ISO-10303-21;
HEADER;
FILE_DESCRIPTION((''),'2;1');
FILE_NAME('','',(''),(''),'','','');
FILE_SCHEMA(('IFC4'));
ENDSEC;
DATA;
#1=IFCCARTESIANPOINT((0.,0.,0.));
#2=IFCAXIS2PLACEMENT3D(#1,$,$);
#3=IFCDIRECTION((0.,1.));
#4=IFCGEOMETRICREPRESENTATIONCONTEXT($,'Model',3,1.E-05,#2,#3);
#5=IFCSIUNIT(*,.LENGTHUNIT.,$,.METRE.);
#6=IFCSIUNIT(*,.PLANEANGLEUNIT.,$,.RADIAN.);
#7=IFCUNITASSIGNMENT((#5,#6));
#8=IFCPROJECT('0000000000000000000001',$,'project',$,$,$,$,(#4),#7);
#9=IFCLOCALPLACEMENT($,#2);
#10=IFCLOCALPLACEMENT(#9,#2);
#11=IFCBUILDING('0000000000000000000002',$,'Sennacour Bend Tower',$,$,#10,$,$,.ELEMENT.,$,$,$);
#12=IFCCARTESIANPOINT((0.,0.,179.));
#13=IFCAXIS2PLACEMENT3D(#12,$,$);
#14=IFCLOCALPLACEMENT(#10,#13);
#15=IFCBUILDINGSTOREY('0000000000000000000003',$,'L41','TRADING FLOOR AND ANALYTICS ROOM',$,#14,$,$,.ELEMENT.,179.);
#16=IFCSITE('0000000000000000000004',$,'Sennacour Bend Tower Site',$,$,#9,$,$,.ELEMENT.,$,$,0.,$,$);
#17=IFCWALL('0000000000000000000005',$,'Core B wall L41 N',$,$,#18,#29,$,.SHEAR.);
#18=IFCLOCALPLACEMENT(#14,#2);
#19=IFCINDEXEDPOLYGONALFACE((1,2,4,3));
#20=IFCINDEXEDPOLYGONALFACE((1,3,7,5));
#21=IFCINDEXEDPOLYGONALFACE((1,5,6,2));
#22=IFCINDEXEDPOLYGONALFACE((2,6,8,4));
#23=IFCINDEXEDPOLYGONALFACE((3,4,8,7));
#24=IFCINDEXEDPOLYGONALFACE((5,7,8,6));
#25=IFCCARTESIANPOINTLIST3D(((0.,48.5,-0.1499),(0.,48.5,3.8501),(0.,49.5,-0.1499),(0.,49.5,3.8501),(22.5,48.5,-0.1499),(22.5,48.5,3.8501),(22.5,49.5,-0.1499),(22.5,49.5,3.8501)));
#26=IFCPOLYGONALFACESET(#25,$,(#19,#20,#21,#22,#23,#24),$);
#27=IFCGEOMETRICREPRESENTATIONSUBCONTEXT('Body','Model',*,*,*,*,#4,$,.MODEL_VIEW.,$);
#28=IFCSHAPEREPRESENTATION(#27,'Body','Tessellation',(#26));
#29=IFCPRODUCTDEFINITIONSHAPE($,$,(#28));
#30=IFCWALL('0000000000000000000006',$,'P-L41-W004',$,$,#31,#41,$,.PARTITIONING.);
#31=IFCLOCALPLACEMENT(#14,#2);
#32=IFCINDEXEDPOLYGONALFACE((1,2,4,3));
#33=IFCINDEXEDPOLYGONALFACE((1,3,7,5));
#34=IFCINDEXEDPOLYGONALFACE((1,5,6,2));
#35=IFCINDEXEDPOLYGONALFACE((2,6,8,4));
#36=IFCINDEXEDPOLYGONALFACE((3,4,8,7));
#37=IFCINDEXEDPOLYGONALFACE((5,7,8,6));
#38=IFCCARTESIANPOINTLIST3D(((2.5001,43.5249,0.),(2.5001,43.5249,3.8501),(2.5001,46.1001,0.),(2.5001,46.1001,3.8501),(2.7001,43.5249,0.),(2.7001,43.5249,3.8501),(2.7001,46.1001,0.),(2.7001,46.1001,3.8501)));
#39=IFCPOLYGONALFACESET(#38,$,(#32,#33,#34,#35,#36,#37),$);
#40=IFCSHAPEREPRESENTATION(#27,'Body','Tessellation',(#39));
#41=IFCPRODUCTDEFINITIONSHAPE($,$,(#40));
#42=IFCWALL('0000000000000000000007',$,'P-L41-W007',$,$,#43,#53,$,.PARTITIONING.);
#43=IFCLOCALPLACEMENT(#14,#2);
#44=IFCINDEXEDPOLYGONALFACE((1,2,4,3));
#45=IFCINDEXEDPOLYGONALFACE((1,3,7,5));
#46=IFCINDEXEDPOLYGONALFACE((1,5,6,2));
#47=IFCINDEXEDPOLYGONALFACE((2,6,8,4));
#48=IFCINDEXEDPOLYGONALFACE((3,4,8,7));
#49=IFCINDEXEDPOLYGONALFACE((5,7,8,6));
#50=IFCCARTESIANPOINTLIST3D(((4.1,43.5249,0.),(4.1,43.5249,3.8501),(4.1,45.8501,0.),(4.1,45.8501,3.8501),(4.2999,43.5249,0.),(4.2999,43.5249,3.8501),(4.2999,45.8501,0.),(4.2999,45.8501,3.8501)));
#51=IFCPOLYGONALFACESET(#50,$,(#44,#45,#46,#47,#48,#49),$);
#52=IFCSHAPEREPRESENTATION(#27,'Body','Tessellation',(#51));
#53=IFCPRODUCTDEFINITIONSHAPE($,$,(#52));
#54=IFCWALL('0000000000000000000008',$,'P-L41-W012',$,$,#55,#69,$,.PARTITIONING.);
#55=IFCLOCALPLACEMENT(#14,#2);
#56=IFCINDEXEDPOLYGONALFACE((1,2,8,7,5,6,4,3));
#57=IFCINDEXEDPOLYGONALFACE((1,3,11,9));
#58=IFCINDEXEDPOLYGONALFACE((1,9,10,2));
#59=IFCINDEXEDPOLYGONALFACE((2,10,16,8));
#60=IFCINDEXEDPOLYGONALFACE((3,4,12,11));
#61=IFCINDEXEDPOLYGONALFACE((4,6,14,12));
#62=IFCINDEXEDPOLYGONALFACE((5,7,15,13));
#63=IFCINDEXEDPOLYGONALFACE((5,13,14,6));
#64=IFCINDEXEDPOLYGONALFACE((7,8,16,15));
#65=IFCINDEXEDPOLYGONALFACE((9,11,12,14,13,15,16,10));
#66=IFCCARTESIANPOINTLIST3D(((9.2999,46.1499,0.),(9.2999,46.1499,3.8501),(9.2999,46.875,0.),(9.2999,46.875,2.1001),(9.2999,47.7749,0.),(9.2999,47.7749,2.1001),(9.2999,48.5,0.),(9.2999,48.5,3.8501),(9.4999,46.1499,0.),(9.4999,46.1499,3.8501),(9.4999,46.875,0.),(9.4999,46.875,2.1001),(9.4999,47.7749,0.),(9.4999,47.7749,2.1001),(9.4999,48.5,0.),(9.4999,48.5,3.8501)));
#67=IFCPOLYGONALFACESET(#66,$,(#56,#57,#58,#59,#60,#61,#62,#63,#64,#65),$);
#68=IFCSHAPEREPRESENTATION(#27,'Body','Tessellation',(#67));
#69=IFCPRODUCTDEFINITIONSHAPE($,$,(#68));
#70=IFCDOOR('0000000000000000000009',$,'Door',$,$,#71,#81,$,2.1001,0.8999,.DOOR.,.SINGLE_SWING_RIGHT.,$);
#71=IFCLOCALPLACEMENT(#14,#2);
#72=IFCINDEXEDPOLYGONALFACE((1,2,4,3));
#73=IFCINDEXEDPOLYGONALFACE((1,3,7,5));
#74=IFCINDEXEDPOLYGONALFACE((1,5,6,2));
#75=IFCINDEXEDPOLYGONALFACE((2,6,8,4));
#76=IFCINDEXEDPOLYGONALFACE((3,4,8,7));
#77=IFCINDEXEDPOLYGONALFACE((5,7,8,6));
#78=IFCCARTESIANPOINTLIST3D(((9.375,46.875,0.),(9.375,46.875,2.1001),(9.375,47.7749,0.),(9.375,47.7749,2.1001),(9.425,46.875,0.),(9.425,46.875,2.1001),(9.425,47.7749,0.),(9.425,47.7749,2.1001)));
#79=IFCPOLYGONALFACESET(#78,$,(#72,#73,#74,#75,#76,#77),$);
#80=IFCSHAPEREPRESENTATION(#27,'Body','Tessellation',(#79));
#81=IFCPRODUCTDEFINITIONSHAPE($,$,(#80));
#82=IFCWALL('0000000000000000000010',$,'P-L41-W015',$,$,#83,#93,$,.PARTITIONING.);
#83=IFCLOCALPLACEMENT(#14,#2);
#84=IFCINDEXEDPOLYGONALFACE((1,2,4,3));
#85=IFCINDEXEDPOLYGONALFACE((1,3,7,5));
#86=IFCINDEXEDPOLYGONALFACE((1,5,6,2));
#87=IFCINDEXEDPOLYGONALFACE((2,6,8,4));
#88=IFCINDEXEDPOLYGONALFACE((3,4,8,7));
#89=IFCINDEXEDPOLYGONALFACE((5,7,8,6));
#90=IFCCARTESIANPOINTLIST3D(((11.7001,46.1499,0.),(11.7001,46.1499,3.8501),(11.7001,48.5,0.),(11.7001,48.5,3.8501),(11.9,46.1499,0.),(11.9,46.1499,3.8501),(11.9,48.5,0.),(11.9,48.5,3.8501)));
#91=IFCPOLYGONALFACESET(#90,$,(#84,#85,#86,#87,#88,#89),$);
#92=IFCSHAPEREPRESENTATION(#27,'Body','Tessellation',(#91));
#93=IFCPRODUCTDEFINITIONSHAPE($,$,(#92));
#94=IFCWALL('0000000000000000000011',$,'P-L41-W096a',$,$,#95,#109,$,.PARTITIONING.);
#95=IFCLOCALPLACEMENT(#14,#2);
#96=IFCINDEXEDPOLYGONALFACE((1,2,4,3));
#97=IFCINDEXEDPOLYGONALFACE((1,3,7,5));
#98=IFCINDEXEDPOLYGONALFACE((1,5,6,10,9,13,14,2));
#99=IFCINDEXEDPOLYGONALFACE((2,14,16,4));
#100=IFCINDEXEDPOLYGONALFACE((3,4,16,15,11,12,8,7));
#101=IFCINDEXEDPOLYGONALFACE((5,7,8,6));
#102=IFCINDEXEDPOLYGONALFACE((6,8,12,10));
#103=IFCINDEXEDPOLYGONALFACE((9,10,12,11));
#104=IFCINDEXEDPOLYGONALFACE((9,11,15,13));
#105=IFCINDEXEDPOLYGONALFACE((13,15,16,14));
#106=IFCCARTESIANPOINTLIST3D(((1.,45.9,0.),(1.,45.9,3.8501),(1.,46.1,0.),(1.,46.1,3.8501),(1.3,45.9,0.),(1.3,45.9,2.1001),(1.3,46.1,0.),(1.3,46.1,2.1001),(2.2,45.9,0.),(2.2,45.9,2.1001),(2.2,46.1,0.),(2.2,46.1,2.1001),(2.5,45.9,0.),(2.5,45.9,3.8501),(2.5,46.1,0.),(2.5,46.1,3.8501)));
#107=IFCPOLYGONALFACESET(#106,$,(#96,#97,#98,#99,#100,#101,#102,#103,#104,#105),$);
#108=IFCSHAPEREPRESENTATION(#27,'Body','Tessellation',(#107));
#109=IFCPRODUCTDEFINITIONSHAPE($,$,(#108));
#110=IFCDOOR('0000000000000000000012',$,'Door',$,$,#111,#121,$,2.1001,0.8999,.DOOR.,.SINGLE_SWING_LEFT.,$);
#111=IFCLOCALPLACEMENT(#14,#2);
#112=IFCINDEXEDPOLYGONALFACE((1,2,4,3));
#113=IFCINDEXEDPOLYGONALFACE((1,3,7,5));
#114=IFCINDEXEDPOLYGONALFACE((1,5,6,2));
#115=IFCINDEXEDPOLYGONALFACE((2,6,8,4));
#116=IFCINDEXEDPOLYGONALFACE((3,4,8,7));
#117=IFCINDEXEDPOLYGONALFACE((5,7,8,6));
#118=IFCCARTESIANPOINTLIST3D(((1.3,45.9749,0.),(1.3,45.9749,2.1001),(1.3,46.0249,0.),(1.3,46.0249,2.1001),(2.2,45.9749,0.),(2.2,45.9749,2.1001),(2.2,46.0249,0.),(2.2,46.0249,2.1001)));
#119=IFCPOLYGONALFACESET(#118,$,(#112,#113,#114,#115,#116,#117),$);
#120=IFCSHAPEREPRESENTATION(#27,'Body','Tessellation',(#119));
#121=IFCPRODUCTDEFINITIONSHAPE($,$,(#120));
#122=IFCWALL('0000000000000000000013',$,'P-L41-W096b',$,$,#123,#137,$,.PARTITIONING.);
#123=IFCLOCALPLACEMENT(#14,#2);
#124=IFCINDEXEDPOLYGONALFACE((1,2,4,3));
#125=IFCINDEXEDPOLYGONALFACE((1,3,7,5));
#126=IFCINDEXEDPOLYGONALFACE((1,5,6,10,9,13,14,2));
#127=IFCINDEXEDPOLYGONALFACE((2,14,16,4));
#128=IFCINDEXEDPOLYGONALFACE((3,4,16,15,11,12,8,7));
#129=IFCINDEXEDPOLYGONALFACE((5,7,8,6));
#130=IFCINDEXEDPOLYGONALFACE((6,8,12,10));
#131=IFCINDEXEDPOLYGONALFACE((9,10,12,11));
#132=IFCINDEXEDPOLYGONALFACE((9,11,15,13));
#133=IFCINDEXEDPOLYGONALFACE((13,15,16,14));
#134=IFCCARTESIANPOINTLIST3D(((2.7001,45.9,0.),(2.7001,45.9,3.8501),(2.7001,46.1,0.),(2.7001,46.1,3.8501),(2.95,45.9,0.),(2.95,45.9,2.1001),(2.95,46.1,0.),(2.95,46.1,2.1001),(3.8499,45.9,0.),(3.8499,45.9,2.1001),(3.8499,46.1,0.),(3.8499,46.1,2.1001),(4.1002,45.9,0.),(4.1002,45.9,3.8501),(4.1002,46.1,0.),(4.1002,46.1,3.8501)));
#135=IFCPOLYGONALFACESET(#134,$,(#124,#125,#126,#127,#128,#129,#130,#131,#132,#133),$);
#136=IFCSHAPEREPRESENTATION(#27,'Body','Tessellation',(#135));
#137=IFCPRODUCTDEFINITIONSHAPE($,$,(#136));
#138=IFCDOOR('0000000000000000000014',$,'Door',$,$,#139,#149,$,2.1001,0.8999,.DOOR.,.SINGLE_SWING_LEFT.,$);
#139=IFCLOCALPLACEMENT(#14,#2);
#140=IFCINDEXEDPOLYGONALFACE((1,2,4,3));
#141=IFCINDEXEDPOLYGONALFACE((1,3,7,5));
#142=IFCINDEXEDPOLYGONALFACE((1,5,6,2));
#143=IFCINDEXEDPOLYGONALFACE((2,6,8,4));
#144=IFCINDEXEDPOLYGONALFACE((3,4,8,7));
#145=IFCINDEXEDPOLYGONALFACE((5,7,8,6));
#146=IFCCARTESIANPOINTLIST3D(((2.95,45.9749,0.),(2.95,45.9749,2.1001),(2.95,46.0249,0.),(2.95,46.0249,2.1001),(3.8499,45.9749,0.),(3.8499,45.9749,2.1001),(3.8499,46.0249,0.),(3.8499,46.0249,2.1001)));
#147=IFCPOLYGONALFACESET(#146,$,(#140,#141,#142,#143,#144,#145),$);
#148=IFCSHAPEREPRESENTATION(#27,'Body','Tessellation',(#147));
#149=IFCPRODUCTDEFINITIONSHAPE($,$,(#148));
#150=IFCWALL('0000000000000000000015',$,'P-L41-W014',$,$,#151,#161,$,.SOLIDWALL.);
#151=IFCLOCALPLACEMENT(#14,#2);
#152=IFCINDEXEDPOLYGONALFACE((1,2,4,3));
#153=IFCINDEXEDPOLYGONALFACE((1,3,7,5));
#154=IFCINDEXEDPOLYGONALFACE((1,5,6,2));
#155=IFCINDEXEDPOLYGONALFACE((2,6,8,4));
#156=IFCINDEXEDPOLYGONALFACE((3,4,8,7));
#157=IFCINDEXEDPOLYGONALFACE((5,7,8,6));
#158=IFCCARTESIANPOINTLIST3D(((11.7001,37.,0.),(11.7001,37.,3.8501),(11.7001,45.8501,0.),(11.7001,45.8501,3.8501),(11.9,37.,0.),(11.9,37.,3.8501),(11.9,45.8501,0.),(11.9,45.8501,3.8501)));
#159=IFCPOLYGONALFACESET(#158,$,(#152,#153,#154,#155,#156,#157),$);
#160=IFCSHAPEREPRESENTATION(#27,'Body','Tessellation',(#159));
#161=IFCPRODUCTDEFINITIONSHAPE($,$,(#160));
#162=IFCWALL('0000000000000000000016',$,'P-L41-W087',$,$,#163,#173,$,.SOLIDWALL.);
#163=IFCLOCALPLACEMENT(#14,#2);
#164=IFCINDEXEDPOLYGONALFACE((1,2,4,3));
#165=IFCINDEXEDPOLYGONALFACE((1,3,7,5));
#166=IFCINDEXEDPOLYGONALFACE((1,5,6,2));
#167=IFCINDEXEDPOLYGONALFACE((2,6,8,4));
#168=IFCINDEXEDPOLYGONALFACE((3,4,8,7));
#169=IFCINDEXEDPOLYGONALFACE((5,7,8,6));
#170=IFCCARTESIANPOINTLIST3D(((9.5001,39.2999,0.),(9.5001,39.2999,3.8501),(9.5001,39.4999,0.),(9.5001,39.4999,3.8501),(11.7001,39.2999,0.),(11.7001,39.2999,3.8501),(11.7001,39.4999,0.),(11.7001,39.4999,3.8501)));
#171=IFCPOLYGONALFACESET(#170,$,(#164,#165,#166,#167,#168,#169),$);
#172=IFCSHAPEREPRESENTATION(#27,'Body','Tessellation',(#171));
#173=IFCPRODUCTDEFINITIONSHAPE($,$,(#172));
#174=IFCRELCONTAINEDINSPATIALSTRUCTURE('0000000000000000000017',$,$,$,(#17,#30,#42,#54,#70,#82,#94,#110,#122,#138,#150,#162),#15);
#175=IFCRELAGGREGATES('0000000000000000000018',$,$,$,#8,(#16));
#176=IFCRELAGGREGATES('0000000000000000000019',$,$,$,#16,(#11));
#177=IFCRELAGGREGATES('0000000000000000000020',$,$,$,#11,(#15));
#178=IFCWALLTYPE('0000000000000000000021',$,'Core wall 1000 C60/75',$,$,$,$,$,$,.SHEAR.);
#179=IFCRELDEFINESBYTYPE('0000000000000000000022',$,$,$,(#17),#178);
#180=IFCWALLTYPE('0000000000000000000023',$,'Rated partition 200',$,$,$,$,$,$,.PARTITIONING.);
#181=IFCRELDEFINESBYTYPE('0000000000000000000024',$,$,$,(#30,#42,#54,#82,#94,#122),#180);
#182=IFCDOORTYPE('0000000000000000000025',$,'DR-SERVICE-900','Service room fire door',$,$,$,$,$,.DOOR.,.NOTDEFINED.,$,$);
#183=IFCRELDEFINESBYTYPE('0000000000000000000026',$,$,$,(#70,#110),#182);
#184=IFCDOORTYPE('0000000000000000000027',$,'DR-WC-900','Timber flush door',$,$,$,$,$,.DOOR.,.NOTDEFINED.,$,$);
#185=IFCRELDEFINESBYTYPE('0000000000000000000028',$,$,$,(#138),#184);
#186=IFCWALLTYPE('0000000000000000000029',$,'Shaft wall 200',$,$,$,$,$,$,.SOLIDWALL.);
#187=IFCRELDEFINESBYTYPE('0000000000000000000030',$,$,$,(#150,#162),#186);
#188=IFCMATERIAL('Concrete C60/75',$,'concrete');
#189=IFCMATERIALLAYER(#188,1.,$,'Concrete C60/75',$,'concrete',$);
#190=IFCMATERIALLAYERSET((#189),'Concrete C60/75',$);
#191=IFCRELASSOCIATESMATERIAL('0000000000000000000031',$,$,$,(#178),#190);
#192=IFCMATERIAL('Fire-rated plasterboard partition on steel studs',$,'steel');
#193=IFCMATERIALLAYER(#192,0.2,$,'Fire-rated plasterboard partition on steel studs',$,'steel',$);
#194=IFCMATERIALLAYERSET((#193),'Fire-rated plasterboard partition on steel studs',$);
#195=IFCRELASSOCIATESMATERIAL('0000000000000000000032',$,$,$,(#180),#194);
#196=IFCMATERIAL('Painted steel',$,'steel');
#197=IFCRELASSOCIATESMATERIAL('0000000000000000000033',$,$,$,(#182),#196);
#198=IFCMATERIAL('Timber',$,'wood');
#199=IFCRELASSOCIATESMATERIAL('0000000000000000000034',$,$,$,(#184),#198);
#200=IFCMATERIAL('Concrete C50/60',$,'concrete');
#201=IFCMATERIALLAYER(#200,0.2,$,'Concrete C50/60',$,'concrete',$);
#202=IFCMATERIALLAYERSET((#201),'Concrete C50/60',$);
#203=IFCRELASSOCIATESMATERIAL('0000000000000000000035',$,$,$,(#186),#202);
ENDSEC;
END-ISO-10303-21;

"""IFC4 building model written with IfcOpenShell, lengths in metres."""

from ifc_helpers import new_model, si_unit, direction, frame, frame_2d, origin, place, context, subcontext, project, spatial, rectangle, extrude, material, layer, layer_set, type_object, element, fill, save


model = new_model("IFC4")

# Units and contexts
model_context = context("Model", 3, precision=1e-05, world=origin(), true_north=direction((0.0, 1.0)))
body_context = subcontext(model_context, "Body", "Model", "MODEL_VIEW")
ifc_project = project(units=[si_unit("LENGTHUNIT", "METRE"), si_unit("PLANEANGLEUNIT", "RADIAN")], contexts=[model_context])

# Site, building, storey
site_placement = place(None, origin())
site = spatial("IfcSite", under=ifc_project, at=site_placement, Name="Sennacour Bend Tower Site", CompositionType="ELEMENT", RefElevation=0.0)
building_placement = place(site_placement, origin())
building = spatial("IfcBuilding", under=site, at=building_placement, Name="Sennacour Bend Tower", CompositionType="ELEMENT")
storey_placement = place(building_placement, frame((0.0, 0.0, 179.0)))
storey = spatial("IfcBuildingStorey", under=building, at=storey_placement, Name="L41", Description="TRADING FLOOR AND ANALYTICS ROOM", CompositionType="ELEMENT", Elevation=179.0)

# Walls
ifc_material_1 = material(Name="Concrete C60/75", Category="concrete")
ifc_layer_1 = layer(ifc_material_1, 1.0, Name="Concrete C60/75", Category="concrete")
ifc_layer_set_1 = layer_set([ifc_layer_1], Name="Concrete C60/75")
wall_type_1 = type_object("IfcWallType", Name="Core wall 1000 C60/75", PredefinedType="SHEAR", material=ifc_layer_set_1)
wall_1_placement = place(storey_placement, frame((0.0, 49.0, -0.1499), z_axis=(0.0, 0.0, 1.0), x_axis=(1.0, 0.0, 0.0)))
element("IfcWall", 1, at=wall_1_placement, inside=storey, type_object=wall_type_1, Name="Core B wall L41 N", PredefinedType="SHEAR", context=body_context, shape_type="SweptSolid", body=[
    extrude(rectangle(XDim=22.5, YDim=1.0, at=frame_2d((11.25, 0.0))), origin(), (0.0, 0.0, 1.0), 4.0),
])
ifc_material_2 = material(Name="Fire-rated plasterboard partition on steel studs", Category="steel")
ifc_layer_2 = layer(ifc_material_2, 0.2, Name="Fire-rated plasterboard partition on steel studs", Category="steel")
ifc_layer_set_2 = layer_set([ifc_layer_2], Name="Fire-rated plasterboard partition on steel studs")
wall_type_2 = type_object("IfcWallType", Name="Rated partition 200", PredefinedType="PARTITIONING", material=ifc_layer_set_2)
wall_2_placement = place(storey_placement, frame((2.6001, 43.5249, 0.0), z_axis=(0.0, 0.0, 1.0), x_axis=(0.0, 1.0, 0.0)))
element("IfcWall", 2, at=wall_2_placement, inside=storey, type_object=wall_type_2, Name="P-L41-W004", PredefinedType="PARTITIONING", context=body_context, shape_type="SweptSolid", body=[
    extrude(rectangle(XDim=2.5752, YDim=0.2, at=frame_2d((1.2876, 0.0))), origin(), (0.0, 0.0, 1.0), 3.8501),
])
wall_3_placement = place(storey_placement, frame((4.2, 43.5249, 0.0), z_axis=(0.0, 0.0, 1.0), x_axis=(0.0, 1.0, 0.0)))
element("IfcWall", 3, at=wall_3_placement, inside=storey, type_object=wall_type_2, Name="P-L41-W007", PredefinedType="PARTITIONING", context=body_context, shape_type="SweptSolid", body=[
    extrude(rectangle(XDim=2.3252, YDim=0.2, at=frame_2d((1.1626, 0.0))), origin(), (0.0, 0.0, 1.0), 3.8501),
])

# Wall, opening, door
wall_4_placement = place(storey_placement, frame((9.3999, 46.1499, 0.0), z_axis=(0.0, 0.0, 1.0), x_axis=(0.0, 1.0, 0.0)))
wall_4 = element("IfcWall", 4, at=wall_4_placement, inside=storey, type_object=wall_type_2, Name="P-L41-W012", PredefinedType="PARTITIONING", context=body_context, shape_type="SweptSolid", body=[
    extrude(rectangle(XDim=2.3501, YDim=0.2, at=frame_2d((1.175, 0.0))), origin(), (0.0, 0.0, 1.0), 3.8501),
])
opening_1_placement = place(wall_4_placement, frame((0.7251, 0.0, 0.0)))
opening_1 = element("IfcOpeningElement", 5, at=opening_1_placement, cuts=wall_4, PredefinedType="OPENING", context=body_context, shape_type="SweptSolid", body=[
    extrude(rectangle(XDim=0.8999, YDim=2.1001, at=frame_2d((0.45, 1.05))), frame((0.0, 0.1099, 0.0), z_axis=(0.0, -1.0, 0.0), x_axis=(1.0, 0.0, 0.0)), (0.0, 0.0, 1.0), 0.22),
])
ifc_material_3 = material(Name="Painted steel", Category="steel")
door_type_1 = type_object("IfcDoorType", Name="DR-SERVICE-900", Description="Service room fire door", OperationType="NOTDEFINED", PredefinedType="DOOR", material=ifc_material_3)
door_1_placement = place(opening_1_placement, origin())
door_1 = element("IfcDoor", 6, at=door_1_placement, inside=storey, type_object=door_type_1, Name="Door", OperationType="SINGLE_SWING_RIGHT", OverallHeight=2.1001, OverallWidth=0.8999, PredefinedType="DOOR", context=body_context, shape_type="SweptSolid", body=[
    extrude(rectangle(XDim=0.8999, YDim=2.1001, at=frame_2d((0.45, 1.05))), frame((0.0, 0.0249, 0.0), z_axis=(0.0, -1.0, 0.0), x_axis=(1.0, 0.0, 0.0)), (0.0, 0.0, 1.0), 0.05),
])
fill(opening_1, door_1)

# Wall
wall_5_placement = place(storey_placement, frame((11.8, 46.1499, 0.0), z_axis=(0.0, 0.0, 1.0), x_axis=(0.0, 1.0, 0.0)))
element("IfcWall", 7, at=wall_5_placement, inside=storey, type_object=wall_type_2, Name="P-L41-W015", PredefinedType="PARTITIONING", context=body_context, shape_type="SweptSolid", body=[
    extrude(rectangle(XDim=2.3501, YDim=0.2, at=frame_2d((1.175, 0.0))), origin(), (0.0, 0.0, 1.0), 3.8501),
])

# Walls, openings, doors
wall_6_placement = place(storey_placement, frame((1.0, 46.0, 0.0), z_axis=(0.0, 0.0, 1.0), x_axis=(1.0, 0.0, 0.0)))
wall_6 = element("IfcWall", 8, at=wall_6_placement, inside=storey, type_object=wall_type_2, Name="P-L41-W096a", PredefinedType="PARTITIONING", context=body_context, shape_type="SweptSolid", body=[
    extrude(rectangle(XDim=1.5, YDim=0.2, at=frame_2d((0.75, 0.0))), origin(), (0.0, 0.0, 1.0), 3.8501),
])
opening_2_placement = place(wall_6_placement, frame((0.3, 0.0, 0.0)))
opening_2 = element("IfcOpeningElement", 9, at=opening_2_placement, cuts=wall_6, PredefinedType="OPENING", context=body_context, shape_type="SweptSolid", body=[
    extrude(rectangle(XDim=0.8999, YDim=2.1001, at=frame_2d((0.45, 1.05))), frame((0.0, 0.1099, 0.0), z_axis=(0.0, -1.0, 0.0), x_axis=(1.0, 0.0, 0.0)), (0.0, 0.0, 1.0), 0.22),
])
door_2_placement = place(opening_2_placement, origin())
door_2 = element("IfcDoor", 10, at=door_2_placement, inside=storey, type_object=door_type_1, Name="Door", OperationType="SINGLE_SWING_LEFT", OverallHeight=2.1001, OverallWidth=0.8999, PredefinedType="DOOR", context=body_context, shape_type="SweptSolid", body=[
    extrude(rectangle(XDim=0.8999, YDim=2.1001, at=frame_2d((0.45, 1.05))), frame((0.0, 0.0249, 0.0), z_axis=(0.0, -1.0, 0.0), x_axis=(1.0, 0.0, 0.0)), (0.0, 0.0, 1.0), 0.05),
])
fill(opening_2, door_2)
wall_7_placement = place(storey_placement, frame((2.7, 46.0, 0.0), z_axis=(0.0, 0.0, 1.0), x_axis=(1.0, 0.0, 0.0)))
wall_7 = element("IfcWall", 11, at=wall_7_placement, inside=storey, type_object=wall_type_2, Name="P-L41-W096b", PredefinedType="PARTITIONING", context=body_context, shape_type="SweptSolid", body=[
    extrude(rectangle(XDim=1.4001, YDim=0.2, at=frame_2d((0.7002, 0.0))), origin(), (0.0, 0.0, 1.0), 3.8501),
])
opening_3_placement = place(wall_7_placement, frame((0.25, 0.0, 0.0)))
opening_3 = element("IfcOpeningElement", 12, at=opening_3_placement, cuts=wall_7, PredefinedType="OPENING", context=body_context, shape_type="SweptSolid", body=[
    extrude(rectangle(XDim=0.8999, YDim=2.1001, at=frame_2d((0.45, 1.05))), frame((0.0, 0.1099, 0.0), z_axis=(0.0, -1.0, 0.0), x_axis=(1.0, 0.0, 0.0)), (0.0, 0.0, 1.0), 0.22),
])
ifc_material_4 = material(Name="Timber", Category="wood")
door_type_2 = type_object("IfcDoorType", Name="DR-WC-900", Description="Timber flush door", OperationType="NOTDEFINED", PredefinedType="DOOR", material=ifc_material_4)
door_3_placement = place(opening_3_placement, origin())
door_3 = element("IfcDoor", 13, at=door_3_placement, inside=storey, type_object=door_type_2, Name="Door", OperationType="SINGLE_SWING_LEFT", OverallHeight=2.1001, OverallWidth=0.8999, PredefinedType="DOOR", context=body_context, shape_type="SweptSolid", body=[
    extrude(rectangle(XDim=0.8999, YDim=2.1001, at=frame_2d((0.45, 1.05))), frame((0.0, 0.0249, 0.0), z_axis=(0.0, -1.0, 0.0), x_axis=(1.0, 0.0, 0.0)), (0.0, 0.0, 1.0), 0.05),
])
fill(opening_3, door_3)

# Walls
ifc_material_5 = material(Name="Concrete C50/60", Category="concrete")
ifc_layer_3 = layer(ifc_material_5, 0.2, Name="Concrete C50/60", Category="concrete")
ifc_layer_set_3 = layer_set([ifc_layer_3], Name="Concrete C50/60")
wall_type_3 = type_object("IfcWallType", Name="Shaft wall 200", PredefinedType="SOLIDWALL", material=ifc_layer_set_3)
wall_8_placement = place(storey_placement, frame((11.8, 37.0, 0.0), z_axis=(0.0, 0.0, 1.0), x_axis=(0.0, 1.0, 0.0)))
element("IfcWall", 14, at=wall_8_placement, inside=storey, type_object=wall_type_3, Name="P-L41-W014", PredefinedType="SOLIDWALL", context=body_context, shape_type="SweptSolid", body=[
    extrude(rectangle(XDim=8.8501, YDim=0.2, at=frame_2d((4.425, 0.0))), origin(), (0.0, 0.0, 1.0), 3.8501),
])
for number, where, z_axis, x_axis, name in (
    (15, (9.5, 39.3999, 0.0), (0.0, 0.0, 1.0), (1.0, 0.0, 0.0), "P-L41-W087"),
):
    element("IfcWall", number, at=place(storey_placement, frame(where, z_axis=z_axis, x_axis=x_axis)), inside=storey, type_object=wall_type_3, Name=name, PredefinedType="SOLIDWALL", context=body_context, shape_type="SweptSolid", body=[
        extrude(rectangle(XDim=2.2, YDim=0.2, at=frame_2d((1.1001, 0.0))), origin(), (0.0, 0.0, 1.0), 3.8501),
    ])

save(model, "model.ifc")
